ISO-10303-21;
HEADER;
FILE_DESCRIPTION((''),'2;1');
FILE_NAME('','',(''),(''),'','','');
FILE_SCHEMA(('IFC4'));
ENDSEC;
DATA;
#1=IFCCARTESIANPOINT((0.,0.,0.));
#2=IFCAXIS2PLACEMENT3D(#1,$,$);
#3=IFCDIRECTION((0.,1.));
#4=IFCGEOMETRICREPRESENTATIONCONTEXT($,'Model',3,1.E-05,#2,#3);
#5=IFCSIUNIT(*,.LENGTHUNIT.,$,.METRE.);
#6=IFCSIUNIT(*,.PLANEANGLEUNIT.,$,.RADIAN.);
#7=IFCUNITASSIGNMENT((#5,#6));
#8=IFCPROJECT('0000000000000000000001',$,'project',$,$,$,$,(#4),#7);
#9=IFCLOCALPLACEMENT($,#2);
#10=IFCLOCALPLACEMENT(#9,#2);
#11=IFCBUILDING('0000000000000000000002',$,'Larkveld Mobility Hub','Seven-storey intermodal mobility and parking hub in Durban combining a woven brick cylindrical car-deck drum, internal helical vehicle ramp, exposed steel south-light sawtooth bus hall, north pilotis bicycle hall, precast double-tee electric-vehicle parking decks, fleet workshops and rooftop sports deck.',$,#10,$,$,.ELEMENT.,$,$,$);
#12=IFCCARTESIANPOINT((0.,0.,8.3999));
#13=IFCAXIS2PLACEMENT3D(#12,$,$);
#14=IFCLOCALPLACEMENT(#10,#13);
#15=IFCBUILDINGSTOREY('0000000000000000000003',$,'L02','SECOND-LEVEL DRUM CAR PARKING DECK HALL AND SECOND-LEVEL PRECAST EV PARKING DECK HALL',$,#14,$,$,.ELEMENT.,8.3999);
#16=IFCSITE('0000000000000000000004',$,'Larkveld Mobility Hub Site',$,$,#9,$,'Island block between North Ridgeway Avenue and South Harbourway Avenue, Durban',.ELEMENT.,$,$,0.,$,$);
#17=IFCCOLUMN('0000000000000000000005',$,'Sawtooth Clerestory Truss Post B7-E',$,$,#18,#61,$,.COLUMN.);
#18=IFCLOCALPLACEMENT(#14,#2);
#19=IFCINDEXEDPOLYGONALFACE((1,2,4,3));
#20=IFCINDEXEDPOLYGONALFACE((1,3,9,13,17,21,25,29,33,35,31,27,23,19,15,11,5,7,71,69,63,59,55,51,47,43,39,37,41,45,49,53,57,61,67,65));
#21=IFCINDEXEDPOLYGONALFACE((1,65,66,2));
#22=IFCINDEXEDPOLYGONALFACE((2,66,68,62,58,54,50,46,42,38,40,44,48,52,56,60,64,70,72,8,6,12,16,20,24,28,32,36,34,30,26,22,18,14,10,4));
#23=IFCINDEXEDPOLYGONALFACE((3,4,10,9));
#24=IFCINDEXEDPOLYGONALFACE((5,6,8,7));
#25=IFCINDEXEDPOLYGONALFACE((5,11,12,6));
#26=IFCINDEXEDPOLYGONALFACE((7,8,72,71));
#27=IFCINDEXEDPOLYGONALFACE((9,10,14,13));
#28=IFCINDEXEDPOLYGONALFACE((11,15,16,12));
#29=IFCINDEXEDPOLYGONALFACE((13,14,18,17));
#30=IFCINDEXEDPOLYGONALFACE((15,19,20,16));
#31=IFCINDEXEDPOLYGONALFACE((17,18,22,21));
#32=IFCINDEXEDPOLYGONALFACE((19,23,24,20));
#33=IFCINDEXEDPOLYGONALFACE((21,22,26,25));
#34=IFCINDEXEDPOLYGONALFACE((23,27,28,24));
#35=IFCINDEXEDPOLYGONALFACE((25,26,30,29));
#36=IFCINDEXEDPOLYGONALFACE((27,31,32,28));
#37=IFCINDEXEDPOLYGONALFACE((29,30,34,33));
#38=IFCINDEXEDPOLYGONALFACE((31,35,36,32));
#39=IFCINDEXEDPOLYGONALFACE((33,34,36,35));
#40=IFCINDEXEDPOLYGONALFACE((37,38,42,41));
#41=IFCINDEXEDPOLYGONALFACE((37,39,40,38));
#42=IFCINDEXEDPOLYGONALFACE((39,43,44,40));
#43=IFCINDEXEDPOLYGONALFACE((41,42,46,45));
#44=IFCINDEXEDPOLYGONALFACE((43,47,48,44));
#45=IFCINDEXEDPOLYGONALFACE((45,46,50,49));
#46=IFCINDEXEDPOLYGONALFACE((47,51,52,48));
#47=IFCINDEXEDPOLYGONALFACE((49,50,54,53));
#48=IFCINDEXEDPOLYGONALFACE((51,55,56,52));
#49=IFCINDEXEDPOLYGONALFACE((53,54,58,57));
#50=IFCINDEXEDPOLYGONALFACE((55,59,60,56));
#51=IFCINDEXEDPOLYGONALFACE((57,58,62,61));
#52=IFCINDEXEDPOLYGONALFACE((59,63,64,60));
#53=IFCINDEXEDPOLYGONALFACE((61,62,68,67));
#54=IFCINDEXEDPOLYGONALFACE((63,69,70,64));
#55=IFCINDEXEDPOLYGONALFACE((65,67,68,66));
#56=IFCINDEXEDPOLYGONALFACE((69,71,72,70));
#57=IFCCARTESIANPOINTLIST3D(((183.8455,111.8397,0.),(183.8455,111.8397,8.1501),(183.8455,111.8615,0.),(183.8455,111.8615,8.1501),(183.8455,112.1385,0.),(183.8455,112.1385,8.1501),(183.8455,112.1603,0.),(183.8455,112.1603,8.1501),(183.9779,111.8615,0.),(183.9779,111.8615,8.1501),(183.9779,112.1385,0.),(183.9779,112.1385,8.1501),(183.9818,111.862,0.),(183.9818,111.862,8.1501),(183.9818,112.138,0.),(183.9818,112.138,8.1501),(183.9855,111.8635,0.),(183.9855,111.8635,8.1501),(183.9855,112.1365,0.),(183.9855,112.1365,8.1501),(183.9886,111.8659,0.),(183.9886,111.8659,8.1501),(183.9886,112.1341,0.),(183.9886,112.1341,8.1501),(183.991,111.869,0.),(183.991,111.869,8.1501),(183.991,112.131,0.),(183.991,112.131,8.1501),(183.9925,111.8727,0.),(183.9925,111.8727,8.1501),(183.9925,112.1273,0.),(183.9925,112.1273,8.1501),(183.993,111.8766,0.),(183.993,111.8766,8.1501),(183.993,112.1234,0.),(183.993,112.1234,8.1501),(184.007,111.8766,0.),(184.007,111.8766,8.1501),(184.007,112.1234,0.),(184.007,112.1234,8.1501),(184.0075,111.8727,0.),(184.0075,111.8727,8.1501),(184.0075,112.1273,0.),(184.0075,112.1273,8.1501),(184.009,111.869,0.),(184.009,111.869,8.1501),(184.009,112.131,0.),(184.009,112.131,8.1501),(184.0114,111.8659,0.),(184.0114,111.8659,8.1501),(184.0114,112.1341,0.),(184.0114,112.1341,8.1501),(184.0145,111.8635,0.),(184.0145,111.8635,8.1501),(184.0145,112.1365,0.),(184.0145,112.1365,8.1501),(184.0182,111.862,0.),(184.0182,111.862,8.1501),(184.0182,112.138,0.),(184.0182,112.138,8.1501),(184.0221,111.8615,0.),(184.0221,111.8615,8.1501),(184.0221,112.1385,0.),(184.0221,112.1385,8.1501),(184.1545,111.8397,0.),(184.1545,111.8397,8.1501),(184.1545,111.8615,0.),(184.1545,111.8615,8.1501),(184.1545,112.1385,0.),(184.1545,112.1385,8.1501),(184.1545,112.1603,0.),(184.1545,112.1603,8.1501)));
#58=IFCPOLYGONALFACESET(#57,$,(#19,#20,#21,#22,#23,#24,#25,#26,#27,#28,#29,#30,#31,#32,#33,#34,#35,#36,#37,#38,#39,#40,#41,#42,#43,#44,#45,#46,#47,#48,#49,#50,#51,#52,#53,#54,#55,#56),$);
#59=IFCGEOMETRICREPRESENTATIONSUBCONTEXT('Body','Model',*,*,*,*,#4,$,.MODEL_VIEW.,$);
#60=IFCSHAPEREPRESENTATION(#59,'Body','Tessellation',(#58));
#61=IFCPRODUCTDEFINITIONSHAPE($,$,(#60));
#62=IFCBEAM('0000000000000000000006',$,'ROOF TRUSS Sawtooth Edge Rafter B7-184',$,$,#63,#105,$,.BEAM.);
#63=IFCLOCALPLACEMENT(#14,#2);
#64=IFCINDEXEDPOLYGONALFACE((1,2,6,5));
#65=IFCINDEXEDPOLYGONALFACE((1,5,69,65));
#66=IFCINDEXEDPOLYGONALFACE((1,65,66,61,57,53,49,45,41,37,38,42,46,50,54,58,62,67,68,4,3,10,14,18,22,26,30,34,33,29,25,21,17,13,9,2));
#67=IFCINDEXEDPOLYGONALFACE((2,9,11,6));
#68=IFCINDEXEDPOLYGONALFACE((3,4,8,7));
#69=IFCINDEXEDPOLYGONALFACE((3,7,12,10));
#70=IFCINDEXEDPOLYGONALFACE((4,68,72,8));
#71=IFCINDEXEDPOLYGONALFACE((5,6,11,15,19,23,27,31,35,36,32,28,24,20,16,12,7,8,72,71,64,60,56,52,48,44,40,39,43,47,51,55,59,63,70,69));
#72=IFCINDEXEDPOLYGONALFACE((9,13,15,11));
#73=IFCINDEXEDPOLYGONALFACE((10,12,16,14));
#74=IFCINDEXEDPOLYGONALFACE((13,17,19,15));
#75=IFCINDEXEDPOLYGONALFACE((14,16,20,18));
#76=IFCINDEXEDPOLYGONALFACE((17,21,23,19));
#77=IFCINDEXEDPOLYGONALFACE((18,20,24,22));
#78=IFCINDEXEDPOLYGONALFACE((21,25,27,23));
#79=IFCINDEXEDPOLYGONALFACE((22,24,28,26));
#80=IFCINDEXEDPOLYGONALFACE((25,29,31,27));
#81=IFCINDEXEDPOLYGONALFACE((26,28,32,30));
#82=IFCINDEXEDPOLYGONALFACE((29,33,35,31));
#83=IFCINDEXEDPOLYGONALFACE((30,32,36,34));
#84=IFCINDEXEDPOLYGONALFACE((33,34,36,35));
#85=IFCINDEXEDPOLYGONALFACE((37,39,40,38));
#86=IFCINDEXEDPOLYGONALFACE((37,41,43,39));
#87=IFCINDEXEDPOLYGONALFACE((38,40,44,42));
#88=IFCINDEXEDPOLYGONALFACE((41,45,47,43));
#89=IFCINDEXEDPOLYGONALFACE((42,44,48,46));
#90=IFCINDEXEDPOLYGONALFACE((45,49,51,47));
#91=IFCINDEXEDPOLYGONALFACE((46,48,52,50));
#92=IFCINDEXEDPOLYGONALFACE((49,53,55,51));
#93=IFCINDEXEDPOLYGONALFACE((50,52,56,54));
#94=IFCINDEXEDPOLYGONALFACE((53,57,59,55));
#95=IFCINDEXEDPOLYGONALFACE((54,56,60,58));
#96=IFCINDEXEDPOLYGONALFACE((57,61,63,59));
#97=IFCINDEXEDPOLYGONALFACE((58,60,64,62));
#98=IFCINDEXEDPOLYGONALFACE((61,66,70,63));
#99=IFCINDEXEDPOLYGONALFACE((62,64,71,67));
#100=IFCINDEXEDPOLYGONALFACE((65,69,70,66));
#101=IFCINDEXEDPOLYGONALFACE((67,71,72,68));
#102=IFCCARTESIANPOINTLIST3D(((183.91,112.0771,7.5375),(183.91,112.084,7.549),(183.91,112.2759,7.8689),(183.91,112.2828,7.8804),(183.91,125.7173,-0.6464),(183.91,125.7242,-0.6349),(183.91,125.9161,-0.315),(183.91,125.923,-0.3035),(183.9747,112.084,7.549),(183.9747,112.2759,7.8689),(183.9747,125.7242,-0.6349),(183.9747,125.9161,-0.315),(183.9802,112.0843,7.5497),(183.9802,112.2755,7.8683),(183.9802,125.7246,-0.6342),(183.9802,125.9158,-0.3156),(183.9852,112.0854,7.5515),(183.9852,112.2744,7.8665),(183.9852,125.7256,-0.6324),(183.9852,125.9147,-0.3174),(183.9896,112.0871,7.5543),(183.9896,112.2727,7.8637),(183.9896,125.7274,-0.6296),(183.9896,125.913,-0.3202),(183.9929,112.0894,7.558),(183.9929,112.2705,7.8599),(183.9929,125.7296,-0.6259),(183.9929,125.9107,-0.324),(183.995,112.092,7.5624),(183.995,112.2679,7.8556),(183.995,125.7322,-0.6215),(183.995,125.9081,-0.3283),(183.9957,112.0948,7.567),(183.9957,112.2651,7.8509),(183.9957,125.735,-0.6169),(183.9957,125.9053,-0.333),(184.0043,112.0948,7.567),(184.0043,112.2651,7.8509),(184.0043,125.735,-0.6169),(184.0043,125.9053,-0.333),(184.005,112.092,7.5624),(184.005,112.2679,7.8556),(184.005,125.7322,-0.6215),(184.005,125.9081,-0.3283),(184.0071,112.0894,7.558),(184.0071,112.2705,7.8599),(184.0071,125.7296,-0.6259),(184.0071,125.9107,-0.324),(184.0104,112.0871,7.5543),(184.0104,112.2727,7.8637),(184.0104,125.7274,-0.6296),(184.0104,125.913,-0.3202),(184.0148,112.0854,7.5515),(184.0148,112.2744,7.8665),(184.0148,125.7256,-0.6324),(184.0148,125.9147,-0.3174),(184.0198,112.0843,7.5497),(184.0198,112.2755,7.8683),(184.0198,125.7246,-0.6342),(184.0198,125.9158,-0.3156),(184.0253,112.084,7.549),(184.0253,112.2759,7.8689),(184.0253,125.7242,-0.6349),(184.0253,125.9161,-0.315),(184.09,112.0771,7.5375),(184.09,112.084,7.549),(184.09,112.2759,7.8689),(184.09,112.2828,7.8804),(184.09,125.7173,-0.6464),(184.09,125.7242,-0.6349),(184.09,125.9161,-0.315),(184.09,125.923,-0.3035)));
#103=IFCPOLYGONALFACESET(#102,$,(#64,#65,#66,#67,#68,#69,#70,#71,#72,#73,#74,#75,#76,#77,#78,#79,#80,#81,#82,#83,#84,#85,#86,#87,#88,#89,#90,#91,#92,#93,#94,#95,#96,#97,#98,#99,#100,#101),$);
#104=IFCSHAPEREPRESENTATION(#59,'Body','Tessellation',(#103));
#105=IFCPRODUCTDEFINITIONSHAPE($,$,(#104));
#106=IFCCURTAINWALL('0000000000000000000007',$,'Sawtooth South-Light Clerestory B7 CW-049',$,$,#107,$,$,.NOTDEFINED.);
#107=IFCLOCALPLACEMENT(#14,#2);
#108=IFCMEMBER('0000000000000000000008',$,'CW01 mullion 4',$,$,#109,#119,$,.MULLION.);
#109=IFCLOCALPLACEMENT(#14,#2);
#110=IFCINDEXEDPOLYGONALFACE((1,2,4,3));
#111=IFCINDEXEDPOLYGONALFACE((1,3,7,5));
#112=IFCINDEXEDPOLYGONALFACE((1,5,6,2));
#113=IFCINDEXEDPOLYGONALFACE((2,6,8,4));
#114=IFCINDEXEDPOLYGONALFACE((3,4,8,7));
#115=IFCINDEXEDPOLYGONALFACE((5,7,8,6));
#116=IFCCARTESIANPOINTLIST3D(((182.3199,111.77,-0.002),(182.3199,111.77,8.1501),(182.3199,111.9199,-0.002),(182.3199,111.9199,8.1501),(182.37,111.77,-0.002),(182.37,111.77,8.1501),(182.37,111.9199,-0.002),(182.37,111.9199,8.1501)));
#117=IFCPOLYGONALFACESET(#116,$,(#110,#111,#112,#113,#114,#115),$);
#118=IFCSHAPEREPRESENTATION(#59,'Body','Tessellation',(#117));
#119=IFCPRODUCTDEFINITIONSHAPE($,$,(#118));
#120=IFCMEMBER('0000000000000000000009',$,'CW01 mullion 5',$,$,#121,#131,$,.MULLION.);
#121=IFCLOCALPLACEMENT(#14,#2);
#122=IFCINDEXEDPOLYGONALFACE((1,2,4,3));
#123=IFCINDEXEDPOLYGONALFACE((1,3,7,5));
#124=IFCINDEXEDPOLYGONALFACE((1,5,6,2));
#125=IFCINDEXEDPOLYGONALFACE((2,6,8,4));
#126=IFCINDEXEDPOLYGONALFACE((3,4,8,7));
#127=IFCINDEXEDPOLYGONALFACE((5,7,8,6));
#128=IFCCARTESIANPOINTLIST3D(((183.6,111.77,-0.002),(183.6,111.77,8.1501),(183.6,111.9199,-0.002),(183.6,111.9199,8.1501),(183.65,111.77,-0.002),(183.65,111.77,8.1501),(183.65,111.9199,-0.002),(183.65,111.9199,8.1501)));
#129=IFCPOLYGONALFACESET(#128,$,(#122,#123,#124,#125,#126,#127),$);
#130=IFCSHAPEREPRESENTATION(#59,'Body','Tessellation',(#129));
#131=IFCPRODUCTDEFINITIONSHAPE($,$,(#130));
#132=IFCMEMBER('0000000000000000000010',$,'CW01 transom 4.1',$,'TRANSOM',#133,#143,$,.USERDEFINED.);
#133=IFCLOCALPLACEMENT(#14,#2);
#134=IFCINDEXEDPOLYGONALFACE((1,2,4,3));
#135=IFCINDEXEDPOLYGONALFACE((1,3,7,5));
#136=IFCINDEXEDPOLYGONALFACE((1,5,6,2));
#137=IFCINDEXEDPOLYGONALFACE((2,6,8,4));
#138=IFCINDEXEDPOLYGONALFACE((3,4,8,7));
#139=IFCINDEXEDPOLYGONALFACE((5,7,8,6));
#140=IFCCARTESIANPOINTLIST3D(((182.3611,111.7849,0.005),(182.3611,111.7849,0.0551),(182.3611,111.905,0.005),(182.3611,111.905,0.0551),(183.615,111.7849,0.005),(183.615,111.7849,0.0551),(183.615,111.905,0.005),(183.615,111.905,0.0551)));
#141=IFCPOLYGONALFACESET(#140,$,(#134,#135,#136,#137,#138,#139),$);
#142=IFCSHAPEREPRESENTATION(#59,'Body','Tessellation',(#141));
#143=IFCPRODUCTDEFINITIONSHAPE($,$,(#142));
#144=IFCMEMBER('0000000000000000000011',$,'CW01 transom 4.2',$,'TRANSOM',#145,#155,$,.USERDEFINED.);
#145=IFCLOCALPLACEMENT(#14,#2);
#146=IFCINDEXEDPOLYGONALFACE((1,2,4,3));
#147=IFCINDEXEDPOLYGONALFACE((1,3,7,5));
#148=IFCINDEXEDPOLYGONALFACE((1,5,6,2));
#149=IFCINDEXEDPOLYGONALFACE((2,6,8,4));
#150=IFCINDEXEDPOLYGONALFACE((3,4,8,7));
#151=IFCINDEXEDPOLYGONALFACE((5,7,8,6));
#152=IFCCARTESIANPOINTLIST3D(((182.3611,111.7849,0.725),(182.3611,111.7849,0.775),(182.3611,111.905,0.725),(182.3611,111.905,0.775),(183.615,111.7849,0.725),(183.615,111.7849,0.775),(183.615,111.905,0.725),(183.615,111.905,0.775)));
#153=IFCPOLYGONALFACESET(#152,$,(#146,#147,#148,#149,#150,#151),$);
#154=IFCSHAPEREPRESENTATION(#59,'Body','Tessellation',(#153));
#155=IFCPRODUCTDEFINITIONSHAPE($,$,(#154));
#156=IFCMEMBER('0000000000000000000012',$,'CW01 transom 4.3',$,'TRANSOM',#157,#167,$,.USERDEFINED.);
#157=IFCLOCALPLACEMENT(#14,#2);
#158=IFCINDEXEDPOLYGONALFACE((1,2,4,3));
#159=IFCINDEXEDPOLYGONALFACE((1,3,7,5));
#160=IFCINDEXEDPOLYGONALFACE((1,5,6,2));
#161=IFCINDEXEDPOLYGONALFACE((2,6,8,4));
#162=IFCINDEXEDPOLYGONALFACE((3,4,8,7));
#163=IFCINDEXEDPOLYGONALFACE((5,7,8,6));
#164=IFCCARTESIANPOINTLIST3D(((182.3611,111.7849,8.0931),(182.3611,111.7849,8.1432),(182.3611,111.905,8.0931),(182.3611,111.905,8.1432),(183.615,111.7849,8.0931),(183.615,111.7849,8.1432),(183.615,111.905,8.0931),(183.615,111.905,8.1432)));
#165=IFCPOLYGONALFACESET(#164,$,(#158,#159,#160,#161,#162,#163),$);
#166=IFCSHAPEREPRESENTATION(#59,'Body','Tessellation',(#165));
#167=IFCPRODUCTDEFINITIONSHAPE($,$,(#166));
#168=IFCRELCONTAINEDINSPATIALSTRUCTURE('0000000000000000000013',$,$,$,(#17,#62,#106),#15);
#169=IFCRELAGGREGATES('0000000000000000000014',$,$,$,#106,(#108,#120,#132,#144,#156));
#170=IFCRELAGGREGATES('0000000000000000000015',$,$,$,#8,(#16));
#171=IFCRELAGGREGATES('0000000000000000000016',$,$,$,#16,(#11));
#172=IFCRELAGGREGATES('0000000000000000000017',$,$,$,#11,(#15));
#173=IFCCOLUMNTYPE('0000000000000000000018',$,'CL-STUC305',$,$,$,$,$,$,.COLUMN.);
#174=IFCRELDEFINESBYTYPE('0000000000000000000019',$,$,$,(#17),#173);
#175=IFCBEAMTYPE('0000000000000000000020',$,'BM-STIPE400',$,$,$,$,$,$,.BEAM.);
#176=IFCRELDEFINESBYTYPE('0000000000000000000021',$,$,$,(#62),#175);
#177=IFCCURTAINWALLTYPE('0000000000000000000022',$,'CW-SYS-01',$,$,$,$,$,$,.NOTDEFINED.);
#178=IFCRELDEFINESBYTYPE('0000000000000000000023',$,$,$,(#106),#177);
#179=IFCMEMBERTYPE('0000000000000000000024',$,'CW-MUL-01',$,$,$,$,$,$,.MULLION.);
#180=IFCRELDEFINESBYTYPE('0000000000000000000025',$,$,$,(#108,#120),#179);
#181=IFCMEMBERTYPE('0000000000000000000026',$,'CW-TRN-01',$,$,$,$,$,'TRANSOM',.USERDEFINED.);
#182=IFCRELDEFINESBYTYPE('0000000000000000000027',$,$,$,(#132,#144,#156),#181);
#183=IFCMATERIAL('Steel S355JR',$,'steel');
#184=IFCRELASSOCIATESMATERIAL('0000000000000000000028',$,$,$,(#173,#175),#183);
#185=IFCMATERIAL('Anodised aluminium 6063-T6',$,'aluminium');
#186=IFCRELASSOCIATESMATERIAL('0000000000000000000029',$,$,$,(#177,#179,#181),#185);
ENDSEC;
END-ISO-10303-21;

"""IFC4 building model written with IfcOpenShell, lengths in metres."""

from ifc_helpers import new_model, si_unit, direction, frame, origin, origin_2d, place, context, subcontext, project, spatial, rectangle, i_section, extrude, material, material_profile, profile_set, type_object, element, aggregate, save


model = new_model("IFC4")

# Units and contexts
model_context = context("Model", 3, precision=1e-05, world=origin(), true_north=direction((0.0, 1.0)))
body_context = subcontext(model_context, "Body", "Model", "MODEL_VIEW")
ifc_project = project(units=[si_unit("LENGTHUNIT", "METRE"), si_unit("PLANEANGLEUNIT", "RADIAN")], contexts=[model_context])

# Site, building, storey
site_placement = place(None, origin())
site = spatial("IfcSite", under=ifc_project, at=site_placement, Name="Larkveld Mobility Hub Site", LongName="Island block between North Ridgeway Avenue and South Harbourway Avenue, Durban", CompositionType="ELEMENT", RefElevation=0.0)
building_placement = place(site_placement, origin())
building = spatial("IfcBuilding", under=site, at=building_placement, Name="Larkveld Mobility Hub", Description="Seven-storey intermodal mobility and parking hub in Durban combining a woven brick cylindrical car-deck drum, internal helical vehicle ramp, exposed steel south-light sawtooth bus hall, north pilotis bicycle hall, precast double-tee electric-vehicle parking decks, fleet workshops and rooftop sports deck.", CompositionType="ELEMENT")
storey_placement = place(building_placement, frame((0.0, 0.0, 8.3999)))
storey = spatial("IfcBuildingStorey", under=building, at=storey_placement, Name="L02", Description="SECOND-LEVEL DRUM CAR PARKING DECK HALL AND SECOND-LEVEL PRECAST EV PARKING DECK HALL", CompositionType="ELEMENT", Elevation=8.3999)

# Column
ifc_material_1 = material(Name="Steel S355JR", Category="steel")
ifc_material_profile_1 = material_profile(ifc_material_1, i_section(OverallWidth=0.3091, OverallDepth=0.3206, WebThickness=0.0139, FlangeThickness=0.0217, FilletRadius=0.0151, at=origin_2d()), Name="UC 305x305x137")
ifc_profile_set_1 = profile_set([ifc_material_profile_1], Name="Steel S355JR")
column_type = type_object("IfcColumnType", Name="CL-STUC305", PredefinedType="COLUMN", material=ifc_profile_set_1)
column_placement = place(storey_placement, frame((184.0, 112.0, 0.0), z_axis=(0.0, 0.0, 1.0), x_axis=(1.0, 0.0, 0.0)))
element("IfcColumn", 1, at=column_placement, inside=storey, type_object=column_type, Name="Sawtooth Clerestory Truss Post B7-E", PredefinedType="COLUMN", context=body_context, shape_type="SweptSolid", body=[
    extrude(i_section(OverallWidth=0.3091, OverallDepth=0.3206, WebThickness=0.0139, FlangeThickness=0.0217, FilletRadius=0.0151, at=origin_2d()), origin(), (0.0, 0.0, 1.0), 8.1501),
])

# Beam
ifc_material_profile_2 = material_profile(ifc_material_1, i_section(OverallWidth=0.1799, OverallDepth=0.3999, WebThickness=0.0085, FlangeThickness=0.0134, FilletRadius=0.021, at=origin_2d()), Name="IPE 400")
ifc_profile_set_2 = profile_set([ifc_material_profile_2], Name="Steel S355JR")
beam_type = type_object("IfcBeamType", Name="BM-STIPE400", PredefinedType="BEAM", material=ifc_profile_set_2)
beam_placement = place(storey_placement, frame((184.0, 112.1799, 7.709), z_axis=(0.0, 0.8575, -0.514484), x_axis=(-1.0, 0.0, 0.0)))
element("IfcBeam", 2, at=beam_placement, inside=storey, type_object=beam_type, Name="ROOF TRUSS Sawtooth Edge Rafter B7-184", PredefinedType="BEAM", context=body_context, shape_type="SweptSolid", body=[
    extrude(i_section(OverallWidth=0.1799, OverallDepth=0.3999, WebThickness=0.0085, FlangeThickness=0.0134, FilletRadius=0.021, at=origin_2d()), origin(), (0.0, 0.0, 1.0), 15.907),
])

# Curtain wall, members
ifc_material_2 = material(Name="Anodised aluminium 6063-T6", Category="aluminium")
curtain_wall_type = type_object("IfcCurtainWallType", Name="CW-SYS-01", PredefinedType="NOTDEFINED", material=ifc_material_2)
curtain_wall_placement = place(storey_placement, origin())
curtain_wall = element("IfcCurtainWall", 3, at=curtain_wall_placement, inside=storey, type_object=curtain_wall_type, Name="Sawtooth South-Light Clerestory B7 CW-049", PredefinedType="NOTDEFINED")
ifc_material_profile_3 = material_profile(ifc_material_2, rectangle(XDim=0.05, YDim=0.1499, at=origin_2d()), Name="ALU MULL 50x150")
ifc_profile_set_3 = profile_set([ifc_material_profile_3], Name="Anodised aluminium 6063-T6")
member_type_1 = type_object("IfcMemberType", Name="CW-MUL-01", PredefinedType="MULLION", material=ifc_profile_set_3)
member_1_placement = place(storey_placement, frame((182.345, 111.845, -0.002), z_axis=(0.0, 0.0, 1.0), x_axis=(1.0, 0.0, 0.0)))
member_1 = element("IfcMember", 4, at=member_1_placement, type_object=member_type_1, Name="CW01 mullion 4", PredefinedType="MULLION", context=body_context, shape_type="SweptSolid", body=[
    extrude(rectangle(XDim=0.05, YDim=0.1499, at=origin_2d()), origin(), (0.0, 0.0, 1.0), 8.1521),
])
member_2_placement = place(storey_placement, frame((183.625, 111.845, -0.002), z_axis=(0.0, 0.0, 1.0), x_axis=(1.0, 0.0, 0.0)))
member_2 = element("IfcMember", 5, at=member_2_placement, type_object=member_type_1, Name="CW01 mullion 5", PredefinedType="MULLION", context=body_context, shape_type="SweptSolid", body=[
    extrude(rectangle(XDim=0.05, YDim=0.1499, at=origin_2d()), origin(), (0.0, 0.0, 1.0), 8.1521),
])
ifc_material_profile_4 = material_profile(ifc_material_2, rectangle(XDim=0.1201, YDim=0.05, at=origin_2d()), Name="ALU TRAN 50x120")
ifc_profile_set_4 = profile_set([ifc_material_profile_4], Name="Anodised aluminium 6063-T6")
member_type_2 = type_object("IfcMemberType", Name="CW-TRN-01", ElementType="TRANSOM", PredefinedType="USERDEFINED", material=ifc_profile_set_4)
member_3_placement = place(storey_placement, frame((182.3611, 111.845, 0.03), z_axis=(1.0, 0.0, 0.0), x_axis=(0.0, 1.0, 0.0)))
member_3 = element("IfcMember", 6, at=member_3_placement, type_object=member_type_2, Name="CW01 transom 4.1", ObjectType="TRANSOM", PredefinedType="USERDEFINED", context=body_context, shape_type="SweptSolid", body=[
    extrude(rectangle(XDim=0.1201, YDim=0.05, at=origin_2d()), origin(), (0.0, 0.0, 1.0), 1.2539),
])
member_4_placement = place(storey_placement, frame((182.3611, 111.845, 0.75), z_axis=(1.0, 0.0, 0.0), x_axis=(0.0, 1.0, 0.0)))
member_4 = element("IfcMember", 7, at=member_4_placement, type_object=member_type_2, Name="CW01 transom 4.2", ObjectType="TRANSOM", PredefinedType="USERDEFINED", context=body_context, shape_type="SweptSolid", body=[
    extrude(rectangle(XDim=0.1201, YDim=0.05, at=origin_2d()), origin(), (0.0, 0.0, 1.0), 1.2539),
])
member_5_placement = place(storey_placement, frame((182.3611, 111.845, 8.1182), z_axis=(1.0, 0.0, 0.0), x_axis=(0.0, 1.0, 0.0)))
member_5 = element("IfcMember", 8, at=member_5_placement, type_object=member_type_2, Name="CW01 transom 4.3", ObjectType="TRANSOM", PredefinedType="USERDEFINED", context=body_context, shape_type="SweptSolid", body=[
    extrude(rectangle(XDim=0.1201, YDim=0.05, at=origin_2d()), origin(), (0.0, 0.0, 1.0), 1.2539),
])

aggregate(curtain_wall, [member_1, member_2, member_3, member_4, member_5])

save(model, "model.ifc")
